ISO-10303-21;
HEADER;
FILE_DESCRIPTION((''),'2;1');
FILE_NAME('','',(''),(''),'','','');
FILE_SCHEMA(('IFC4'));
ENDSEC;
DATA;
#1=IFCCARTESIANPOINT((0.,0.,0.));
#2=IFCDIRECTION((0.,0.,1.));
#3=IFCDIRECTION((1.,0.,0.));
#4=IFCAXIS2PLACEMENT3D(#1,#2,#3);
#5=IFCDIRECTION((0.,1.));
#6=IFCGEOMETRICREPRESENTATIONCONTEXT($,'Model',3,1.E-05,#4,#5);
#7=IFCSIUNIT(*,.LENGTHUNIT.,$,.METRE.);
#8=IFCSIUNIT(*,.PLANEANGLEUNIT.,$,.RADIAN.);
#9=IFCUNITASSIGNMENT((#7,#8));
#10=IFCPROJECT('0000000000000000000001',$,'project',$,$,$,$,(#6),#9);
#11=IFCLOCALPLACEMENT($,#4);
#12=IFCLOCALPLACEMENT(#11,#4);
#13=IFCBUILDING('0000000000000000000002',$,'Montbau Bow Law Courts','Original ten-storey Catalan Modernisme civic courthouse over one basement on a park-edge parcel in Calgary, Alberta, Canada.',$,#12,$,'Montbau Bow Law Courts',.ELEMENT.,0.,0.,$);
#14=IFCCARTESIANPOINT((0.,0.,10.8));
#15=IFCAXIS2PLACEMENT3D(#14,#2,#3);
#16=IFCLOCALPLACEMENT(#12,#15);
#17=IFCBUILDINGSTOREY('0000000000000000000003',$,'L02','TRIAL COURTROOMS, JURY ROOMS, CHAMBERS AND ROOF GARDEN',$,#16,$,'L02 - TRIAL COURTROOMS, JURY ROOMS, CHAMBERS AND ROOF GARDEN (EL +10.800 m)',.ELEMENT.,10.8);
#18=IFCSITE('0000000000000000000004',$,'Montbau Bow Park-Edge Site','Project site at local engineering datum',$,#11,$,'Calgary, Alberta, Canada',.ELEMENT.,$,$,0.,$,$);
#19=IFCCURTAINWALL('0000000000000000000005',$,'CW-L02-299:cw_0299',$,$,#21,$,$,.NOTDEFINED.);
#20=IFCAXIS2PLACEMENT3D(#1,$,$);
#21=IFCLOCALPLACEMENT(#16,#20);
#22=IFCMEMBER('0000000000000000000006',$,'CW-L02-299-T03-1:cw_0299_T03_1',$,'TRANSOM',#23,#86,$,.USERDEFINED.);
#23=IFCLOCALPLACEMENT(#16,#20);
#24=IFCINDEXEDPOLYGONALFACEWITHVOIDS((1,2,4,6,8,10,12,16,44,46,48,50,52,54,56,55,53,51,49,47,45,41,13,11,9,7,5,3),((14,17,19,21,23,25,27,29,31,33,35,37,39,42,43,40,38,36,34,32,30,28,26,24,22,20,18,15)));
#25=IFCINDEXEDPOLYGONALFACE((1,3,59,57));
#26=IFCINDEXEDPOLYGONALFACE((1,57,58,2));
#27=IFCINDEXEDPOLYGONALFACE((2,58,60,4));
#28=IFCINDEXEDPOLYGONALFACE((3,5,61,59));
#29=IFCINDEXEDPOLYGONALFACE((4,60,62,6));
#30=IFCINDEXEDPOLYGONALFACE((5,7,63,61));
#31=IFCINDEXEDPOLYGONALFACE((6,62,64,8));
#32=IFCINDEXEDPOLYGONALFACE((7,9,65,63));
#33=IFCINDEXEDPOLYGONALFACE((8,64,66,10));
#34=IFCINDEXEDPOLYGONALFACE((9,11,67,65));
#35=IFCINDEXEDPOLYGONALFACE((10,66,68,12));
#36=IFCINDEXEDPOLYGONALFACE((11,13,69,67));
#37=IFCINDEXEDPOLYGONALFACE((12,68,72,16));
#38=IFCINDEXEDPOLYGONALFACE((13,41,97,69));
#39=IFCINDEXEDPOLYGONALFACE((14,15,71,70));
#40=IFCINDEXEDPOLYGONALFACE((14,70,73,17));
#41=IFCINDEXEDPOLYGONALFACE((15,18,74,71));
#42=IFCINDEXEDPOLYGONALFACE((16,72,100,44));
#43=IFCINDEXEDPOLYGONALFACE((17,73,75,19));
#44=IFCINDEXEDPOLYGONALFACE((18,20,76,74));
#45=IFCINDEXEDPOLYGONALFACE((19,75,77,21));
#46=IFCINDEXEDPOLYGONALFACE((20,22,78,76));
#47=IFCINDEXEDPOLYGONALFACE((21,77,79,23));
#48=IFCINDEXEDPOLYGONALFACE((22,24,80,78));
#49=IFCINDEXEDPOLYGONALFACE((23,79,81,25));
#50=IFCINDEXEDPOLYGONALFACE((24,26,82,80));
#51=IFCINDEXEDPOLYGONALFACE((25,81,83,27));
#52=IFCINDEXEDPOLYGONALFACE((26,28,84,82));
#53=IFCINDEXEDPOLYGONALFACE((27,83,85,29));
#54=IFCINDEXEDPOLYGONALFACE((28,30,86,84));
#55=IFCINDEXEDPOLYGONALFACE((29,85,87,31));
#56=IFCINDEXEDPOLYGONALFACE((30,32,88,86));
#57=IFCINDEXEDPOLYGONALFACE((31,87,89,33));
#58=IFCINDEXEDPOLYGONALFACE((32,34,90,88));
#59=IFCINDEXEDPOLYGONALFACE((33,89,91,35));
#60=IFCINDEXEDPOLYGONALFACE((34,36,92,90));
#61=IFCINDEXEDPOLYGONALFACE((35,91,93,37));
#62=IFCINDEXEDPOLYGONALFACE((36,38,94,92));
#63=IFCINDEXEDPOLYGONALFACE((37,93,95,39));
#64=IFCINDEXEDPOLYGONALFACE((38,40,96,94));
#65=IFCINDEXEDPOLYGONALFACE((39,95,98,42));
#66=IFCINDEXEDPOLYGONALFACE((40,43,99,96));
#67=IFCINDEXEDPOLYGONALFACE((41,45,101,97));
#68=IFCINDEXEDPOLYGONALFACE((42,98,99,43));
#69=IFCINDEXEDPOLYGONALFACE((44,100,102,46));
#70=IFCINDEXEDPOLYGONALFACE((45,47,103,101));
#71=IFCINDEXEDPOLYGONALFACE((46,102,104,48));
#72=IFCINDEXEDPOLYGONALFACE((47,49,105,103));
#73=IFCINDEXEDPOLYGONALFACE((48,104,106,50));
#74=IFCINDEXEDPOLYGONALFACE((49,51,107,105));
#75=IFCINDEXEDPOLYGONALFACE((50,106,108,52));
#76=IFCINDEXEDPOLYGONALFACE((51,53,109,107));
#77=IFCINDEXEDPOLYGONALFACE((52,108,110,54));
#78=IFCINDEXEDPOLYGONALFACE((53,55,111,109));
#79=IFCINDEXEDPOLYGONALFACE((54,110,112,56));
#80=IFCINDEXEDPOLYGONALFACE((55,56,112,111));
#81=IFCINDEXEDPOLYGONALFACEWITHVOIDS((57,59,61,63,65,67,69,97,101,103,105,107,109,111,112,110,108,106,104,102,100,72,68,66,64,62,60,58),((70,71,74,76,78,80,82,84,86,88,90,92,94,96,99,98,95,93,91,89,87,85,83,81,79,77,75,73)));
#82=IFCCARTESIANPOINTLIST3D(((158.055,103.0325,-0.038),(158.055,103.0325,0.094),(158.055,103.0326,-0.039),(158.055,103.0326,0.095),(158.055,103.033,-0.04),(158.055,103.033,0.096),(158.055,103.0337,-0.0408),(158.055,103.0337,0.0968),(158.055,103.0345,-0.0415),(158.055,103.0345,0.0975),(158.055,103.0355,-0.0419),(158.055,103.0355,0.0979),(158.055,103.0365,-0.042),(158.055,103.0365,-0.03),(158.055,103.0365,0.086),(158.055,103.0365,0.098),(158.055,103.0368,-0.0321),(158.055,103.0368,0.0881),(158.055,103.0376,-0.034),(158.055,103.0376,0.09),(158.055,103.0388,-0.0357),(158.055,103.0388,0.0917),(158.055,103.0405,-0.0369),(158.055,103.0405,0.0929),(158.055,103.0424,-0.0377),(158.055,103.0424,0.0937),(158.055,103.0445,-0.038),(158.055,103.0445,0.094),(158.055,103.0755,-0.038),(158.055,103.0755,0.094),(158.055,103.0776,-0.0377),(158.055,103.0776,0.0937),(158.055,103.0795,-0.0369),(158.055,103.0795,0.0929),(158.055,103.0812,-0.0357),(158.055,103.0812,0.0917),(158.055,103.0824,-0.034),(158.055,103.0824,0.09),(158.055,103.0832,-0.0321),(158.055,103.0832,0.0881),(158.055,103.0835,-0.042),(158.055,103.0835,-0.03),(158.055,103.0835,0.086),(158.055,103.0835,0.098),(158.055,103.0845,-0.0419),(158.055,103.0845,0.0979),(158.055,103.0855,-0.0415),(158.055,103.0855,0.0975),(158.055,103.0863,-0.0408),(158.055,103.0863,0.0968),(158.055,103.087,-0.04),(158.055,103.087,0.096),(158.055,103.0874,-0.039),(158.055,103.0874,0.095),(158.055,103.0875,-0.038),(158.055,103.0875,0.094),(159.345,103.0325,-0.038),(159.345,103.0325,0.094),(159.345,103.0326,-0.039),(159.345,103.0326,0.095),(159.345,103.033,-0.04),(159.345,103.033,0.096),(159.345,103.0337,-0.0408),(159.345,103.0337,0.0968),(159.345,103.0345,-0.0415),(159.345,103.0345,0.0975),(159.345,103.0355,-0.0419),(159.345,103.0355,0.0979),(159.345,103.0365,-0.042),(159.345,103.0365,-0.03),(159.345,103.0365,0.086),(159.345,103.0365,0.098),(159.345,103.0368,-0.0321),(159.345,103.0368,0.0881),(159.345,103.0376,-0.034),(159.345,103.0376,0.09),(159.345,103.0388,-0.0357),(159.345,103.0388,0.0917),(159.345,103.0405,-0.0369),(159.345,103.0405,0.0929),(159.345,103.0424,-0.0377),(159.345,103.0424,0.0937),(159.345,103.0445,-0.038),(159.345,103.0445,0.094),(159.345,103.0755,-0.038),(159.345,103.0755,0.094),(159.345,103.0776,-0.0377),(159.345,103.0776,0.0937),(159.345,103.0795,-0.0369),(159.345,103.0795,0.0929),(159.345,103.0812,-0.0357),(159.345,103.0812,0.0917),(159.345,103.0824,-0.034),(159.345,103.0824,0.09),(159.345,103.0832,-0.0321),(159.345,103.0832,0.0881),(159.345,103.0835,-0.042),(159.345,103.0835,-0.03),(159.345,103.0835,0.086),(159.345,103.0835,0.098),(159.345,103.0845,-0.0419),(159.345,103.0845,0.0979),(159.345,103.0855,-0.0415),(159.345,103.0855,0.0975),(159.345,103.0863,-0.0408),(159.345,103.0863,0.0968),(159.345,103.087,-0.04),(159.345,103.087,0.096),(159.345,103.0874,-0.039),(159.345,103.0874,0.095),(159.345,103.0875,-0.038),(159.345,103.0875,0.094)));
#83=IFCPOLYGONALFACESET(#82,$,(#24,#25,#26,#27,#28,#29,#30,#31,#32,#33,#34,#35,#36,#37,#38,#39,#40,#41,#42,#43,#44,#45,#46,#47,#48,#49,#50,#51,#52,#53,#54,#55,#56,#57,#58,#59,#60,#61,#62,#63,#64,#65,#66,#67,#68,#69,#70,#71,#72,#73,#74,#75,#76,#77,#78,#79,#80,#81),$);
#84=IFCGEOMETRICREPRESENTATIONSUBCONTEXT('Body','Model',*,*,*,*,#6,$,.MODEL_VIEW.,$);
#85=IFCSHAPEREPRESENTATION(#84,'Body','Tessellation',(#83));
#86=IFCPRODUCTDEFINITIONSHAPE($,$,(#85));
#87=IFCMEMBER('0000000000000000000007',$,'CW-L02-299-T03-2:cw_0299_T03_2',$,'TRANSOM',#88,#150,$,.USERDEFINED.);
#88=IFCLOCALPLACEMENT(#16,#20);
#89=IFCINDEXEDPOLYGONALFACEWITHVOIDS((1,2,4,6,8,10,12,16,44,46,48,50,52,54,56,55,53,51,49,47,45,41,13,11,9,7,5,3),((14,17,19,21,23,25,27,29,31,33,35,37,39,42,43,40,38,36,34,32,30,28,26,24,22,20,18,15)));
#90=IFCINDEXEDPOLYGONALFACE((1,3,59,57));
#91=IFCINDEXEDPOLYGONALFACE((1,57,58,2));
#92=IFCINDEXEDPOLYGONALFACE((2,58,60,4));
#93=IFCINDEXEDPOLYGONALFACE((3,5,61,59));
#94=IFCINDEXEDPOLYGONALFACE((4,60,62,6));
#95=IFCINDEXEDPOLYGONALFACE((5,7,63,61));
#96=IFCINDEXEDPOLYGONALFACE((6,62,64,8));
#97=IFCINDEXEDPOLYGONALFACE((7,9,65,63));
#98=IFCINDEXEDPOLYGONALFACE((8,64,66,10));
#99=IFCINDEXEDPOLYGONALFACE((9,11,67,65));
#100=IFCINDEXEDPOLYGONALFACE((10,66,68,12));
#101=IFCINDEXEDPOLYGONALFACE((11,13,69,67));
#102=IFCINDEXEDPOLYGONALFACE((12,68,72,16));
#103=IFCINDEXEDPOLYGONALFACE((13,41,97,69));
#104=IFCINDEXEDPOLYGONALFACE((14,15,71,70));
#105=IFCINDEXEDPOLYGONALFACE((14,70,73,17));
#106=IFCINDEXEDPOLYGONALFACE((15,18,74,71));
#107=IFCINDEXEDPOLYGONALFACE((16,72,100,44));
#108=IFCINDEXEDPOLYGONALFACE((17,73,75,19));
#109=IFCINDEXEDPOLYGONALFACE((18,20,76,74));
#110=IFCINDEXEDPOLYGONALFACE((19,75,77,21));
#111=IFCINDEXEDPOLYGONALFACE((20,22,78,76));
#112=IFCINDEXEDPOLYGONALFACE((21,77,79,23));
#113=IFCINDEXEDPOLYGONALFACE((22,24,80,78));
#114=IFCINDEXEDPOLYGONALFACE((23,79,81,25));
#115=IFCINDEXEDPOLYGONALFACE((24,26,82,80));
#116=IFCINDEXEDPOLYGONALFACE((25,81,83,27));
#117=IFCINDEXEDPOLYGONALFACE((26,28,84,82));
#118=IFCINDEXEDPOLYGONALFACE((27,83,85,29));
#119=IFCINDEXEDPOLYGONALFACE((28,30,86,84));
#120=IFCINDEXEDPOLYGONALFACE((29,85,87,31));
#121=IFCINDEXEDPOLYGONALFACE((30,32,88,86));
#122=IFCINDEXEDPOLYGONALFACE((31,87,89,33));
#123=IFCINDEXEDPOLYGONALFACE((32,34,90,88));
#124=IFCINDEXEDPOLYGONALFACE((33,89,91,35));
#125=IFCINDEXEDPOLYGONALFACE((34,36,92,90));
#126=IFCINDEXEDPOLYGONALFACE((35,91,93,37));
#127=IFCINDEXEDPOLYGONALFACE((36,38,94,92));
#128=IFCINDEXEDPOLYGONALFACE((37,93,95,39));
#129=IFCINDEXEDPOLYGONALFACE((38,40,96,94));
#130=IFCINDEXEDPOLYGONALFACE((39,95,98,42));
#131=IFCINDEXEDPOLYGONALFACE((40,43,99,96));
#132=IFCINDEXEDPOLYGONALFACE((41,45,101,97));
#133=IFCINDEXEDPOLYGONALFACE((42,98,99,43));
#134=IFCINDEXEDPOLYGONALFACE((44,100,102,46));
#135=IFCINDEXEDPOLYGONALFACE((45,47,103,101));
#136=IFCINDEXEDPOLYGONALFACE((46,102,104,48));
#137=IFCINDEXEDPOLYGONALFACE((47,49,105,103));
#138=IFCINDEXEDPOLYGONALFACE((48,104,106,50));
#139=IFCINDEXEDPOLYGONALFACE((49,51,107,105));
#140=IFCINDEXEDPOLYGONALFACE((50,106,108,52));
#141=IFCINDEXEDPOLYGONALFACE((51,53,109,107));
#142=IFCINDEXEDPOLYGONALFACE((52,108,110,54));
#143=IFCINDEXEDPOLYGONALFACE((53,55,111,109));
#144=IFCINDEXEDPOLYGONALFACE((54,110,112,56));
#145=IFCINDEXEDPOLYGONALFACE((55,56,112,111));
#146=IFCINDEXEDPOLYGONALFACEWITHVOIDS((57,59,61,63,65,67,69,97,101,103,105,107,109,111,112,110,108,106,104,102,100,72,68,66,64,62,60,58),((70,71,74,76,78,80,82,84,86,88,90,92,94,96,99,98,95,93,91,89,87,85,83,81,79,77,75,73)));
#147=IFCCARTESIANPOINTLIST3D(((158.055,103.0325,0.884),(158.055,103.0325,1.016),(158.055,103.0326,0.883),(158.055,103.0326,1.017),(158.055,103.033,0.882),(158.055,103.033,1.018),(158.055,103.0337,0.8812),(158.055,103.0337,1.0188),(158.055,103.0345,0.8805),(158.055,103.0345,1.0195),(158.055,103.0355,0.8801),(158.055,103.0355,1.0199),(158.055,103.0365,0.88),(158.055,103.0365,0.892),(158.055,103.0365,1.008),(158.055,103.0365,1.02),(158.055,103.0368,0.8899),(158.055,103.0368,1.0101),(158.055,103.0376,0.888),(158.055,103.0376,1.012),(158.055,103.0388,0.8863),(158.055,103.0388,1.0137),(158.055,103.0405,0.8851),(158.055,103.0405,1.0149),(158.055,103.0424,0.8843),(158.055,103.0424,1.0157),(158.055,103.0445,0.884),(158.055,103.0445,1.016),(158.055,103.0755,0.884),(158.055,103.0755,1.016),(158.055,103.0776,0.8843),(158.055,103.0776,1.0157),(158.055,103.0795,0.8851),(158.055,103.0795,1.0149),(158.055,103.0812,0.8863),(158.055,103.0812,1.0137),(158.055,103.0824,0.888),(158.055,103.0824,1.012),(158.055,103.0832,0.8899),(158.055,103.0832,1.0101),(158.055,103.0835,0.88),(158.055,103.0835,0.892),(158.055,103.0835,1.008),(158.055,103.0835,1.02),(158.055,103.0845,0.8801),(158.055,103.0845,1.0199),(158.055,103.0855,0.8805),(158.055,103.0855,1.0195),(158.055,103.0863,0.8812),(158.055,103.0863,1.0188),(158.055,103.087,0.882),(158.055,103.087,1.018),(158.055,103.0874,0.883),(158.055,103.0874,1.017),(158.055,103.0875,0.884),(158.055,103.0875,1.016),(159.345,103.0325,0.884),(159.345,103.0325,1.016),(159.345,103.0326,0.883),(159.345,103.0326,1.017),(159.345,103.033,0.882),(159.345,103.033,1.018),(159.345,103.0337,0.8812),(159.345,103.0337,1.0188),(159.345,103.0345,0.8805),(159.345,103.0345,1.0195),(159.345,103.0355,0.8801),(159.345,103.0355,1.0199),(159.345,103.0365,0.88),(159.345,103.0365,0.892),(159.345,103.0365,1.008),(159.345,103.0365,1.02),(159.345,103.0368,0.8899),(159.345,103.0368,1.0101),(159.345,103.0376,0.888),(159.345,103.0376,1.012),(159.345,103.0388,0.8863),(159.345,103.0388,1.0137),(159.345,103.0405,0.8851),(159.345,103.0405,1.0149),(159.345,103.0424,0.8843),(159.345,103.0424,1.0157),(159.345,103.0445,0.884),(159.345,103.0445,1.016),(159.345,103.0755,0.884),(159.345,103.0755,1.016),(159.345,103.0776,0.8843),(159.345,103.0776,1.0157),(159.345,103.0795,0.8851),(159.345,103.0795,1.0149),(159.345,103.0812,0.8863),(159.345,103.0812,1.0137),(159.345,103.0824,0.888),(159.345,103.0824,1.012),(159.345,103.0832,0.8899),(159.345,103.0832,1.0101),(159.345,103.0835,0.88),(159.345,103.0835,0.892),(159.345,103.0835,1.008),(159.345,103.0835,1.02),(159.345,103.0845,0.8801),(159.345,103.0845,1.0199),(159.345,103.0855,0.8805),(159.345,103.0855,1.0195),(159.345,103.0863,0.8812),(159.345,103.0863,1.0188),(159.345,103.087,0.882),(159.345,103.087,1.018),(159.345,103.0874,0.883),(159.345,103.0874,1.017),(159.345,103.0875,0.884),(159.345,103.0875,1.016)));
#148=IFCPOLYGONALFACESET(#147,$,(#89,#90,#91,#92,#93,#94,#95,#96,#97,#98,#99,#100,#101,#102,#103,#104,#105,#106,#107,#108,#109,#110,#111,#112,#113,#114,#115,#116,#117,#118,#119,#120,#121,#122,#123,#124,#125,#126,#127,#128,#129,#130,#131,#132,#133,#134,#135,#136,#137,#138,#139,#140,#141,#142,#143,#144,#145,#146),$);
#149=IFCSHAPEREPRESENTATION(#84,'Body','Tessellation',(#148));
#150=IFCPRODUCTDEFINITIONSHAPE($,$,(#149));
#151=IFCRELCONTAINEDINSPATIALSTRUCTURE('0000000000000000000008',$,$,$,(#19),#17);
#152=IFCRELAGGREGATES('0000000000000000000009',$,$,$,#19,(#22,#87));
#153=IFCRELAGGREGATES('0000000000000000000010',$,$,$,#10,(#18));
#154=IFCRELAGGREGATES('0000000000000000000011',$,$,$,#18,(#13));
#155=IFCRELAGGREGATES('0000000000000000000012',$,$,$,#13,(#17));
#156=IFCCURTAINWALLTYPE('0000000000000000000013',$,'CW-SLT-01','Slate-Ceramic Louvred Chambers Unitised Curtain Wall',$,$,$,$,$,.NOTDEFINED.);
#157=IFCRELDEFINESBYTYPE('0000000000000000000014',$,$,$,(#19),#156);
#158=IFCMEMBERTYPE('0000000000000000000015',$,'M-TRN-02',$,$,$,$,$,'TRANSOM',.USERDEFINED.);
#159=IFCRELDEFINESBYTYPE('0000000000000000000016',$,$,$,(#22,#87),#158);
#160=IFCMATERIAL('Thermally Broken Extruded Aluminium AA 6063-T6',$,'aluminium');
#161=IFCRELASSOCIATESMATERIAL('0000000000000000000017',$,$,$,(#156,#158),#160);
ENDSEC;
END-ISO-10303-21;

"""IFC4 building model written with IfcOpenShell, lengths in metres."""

from ifc_helpers import new_model, si_unit, direction, frame, origin_with_axes, origin_2d_with_axis, place, context, subcontext, project, spatial, hollow_rectangle, extrude, material, material_profile, profile_set, type_object, element, aggregate, save


model = new_model("IFC4")

# Units and contexts
model_context = context("Model", 3, precision=1e-05, world=origin_with_axes(), true_north=direction((0.0, 1.0)))
body_context = subcontext(model_context, "Body", "Model", "MODEL_VIEW")
ifc_project = project(units=[si_unit("LENGTHUNIT", "METRE"), si_unit("PLANEANGLEUNIT", "RADIAN")], contexts=[model_context])

# Site, building, storey
site_placement = place(None, origin_with_axes())
site = spatial("IfcSite", under=ifc_project, at=site_placement, Name="Montbau Bow Park-Edge Site", Description="Project site at local engineering datum", LongName="Calgary, Alberta, Canada", CompositionType="ELEMENT", RefElevation=0.0)
building_placement = place(site_placement, origin_with_axes())
building = spatial("IfcBuilding", under=site, at=building_placement, Name="Montbau Bow Law Courts", Description="Original ten-storey Catalan Modernisme civic courthouse over one basement on a park-edge parcel in Calgary, Alberta, Canada.", LongName="Montbau Bow Law Courts", CompositionType="ELEMENT", ElevationOfRefHeight=0.0, ElevationOfTerrain=0.0)
storey_placement = place(building_placement, frame((0.0, 0.0, 10.8), z_axis=(0.0, 0.0, 1.0), x_axis=(1.0, 0.0, 0.0)))
storey = spatial("IfcBuildingStorey", under=building, at=storey_placement, Name="L02", Description="TRIAL COURTROOMS, JURY ROOMS, CHAMBERS AND ROOF GARDEN", LongName="L02 - TRIAL COURTROOMS, JURY ROOMS, CHAMBERS AND ROOF GARDEN (EL +10.800 m)", CompositionType="ELEMENT", Elevation=10.8)

# Curtain wall, members
ifc_material_1 = material(Name="Thermally Broken Extruded Aluminium AA 6063-T6", Category="aluminium")
curtain_wall_type = type_object("IfcCurtainWallType", Name="CW-SLT-01", Description="Slate-Ceramic Louvred Chambers Unitised Curtain Wall", PredefinedType="NOTDEFINED", material=ifc_material_1)
curtain_wall_placement = place(None, frame((155.315, 103.06, 10.8), z_axis=(0.0, 0.0, 1.0), x_axis=(1.0, 0.0, 0.0)))
curtain_wall = element("IfcCurtainWall", 1, at=curtain_wall_placement, inside=storey, type_object=curtain_wall_type, Name="CW-L02-299:cw_0299", PredefinedType="NOTDEFINED")
ifc_material_profile_1 = material_profile(ifc_material_1, hollow_rectangle(XDim=0.055, YDim=0.14, WallThickness=0.004, InnerFilletRadius=0.008, OuterFilletRadius=0.004, at=origin_2d_with_axis()), Name="CWT-140X55", Category="Main", Priority=0)
ifc_profile_set_1 = profile_set([ifc_material_profile_1], Name="Thermally Broken Extruded Aluminium AA 6063-T6")
member_type_1 = type_object("IfcMemberType", Name="M-TRN-02", ElementType="TRANSOM", PredefinedType="USERDEFINED", material=ifc_profile_set_1)
member_1_placement = place(None, frame((158.055, 103.06, 10.828), z_axis=(1.0, 0.0, 0.0), x_axis=(0.0, 1.0, 0.0)))
member_1 = element("IfcMember", 2, at=member_1_placement, type_object=member_type_1, Name="CW-L02-299-T03-1:cw_0299_T03_1", ObjectType="TRANSOM", PredefinedType="USERDEFINED", context=body_context, shape_type="SweptSolid", body=[
    extrude(hollow_rectangle(XDim=0.055, YDim=0.14, WallThickness=0.004, InnerFilletRadius=0.008, OuterFilletRadius=0.004, at=origin_2d_with_axis()), origin_with_axes(), (0.0, 0.0, 1.0), 1.29),
])
member_2_placement = place(None, frame((158.055, 103.06, 11.75), z_axis=(1.0, 0.0, 0.0), x_axis=(0.0, 1.0, 0.0)))
member_2 = element("IfcMember", 3, at=member_2_placement, type_object=member_type_1, Name="CW-L02-299-T03-2:cw_0299_T03_2", ObjectType="TRANSOM", PredefinedType="USERDEFINED", context=body_context, shape_type="SweptSolid", body=[
    extrude(hollow_rectangle(XDim=0.055, YDim=0.14, WallThickness=0.004, InnerFilletRadius=0.008, OuterFilletRadius=0.004, at=origin_2d_with_axis()), origin_with_axes(), (0.0, 0.0, 1.0), 1.29),
])
aggregate(curtain_wall, [member_1, member_2])

save(model, "model.ifc")
